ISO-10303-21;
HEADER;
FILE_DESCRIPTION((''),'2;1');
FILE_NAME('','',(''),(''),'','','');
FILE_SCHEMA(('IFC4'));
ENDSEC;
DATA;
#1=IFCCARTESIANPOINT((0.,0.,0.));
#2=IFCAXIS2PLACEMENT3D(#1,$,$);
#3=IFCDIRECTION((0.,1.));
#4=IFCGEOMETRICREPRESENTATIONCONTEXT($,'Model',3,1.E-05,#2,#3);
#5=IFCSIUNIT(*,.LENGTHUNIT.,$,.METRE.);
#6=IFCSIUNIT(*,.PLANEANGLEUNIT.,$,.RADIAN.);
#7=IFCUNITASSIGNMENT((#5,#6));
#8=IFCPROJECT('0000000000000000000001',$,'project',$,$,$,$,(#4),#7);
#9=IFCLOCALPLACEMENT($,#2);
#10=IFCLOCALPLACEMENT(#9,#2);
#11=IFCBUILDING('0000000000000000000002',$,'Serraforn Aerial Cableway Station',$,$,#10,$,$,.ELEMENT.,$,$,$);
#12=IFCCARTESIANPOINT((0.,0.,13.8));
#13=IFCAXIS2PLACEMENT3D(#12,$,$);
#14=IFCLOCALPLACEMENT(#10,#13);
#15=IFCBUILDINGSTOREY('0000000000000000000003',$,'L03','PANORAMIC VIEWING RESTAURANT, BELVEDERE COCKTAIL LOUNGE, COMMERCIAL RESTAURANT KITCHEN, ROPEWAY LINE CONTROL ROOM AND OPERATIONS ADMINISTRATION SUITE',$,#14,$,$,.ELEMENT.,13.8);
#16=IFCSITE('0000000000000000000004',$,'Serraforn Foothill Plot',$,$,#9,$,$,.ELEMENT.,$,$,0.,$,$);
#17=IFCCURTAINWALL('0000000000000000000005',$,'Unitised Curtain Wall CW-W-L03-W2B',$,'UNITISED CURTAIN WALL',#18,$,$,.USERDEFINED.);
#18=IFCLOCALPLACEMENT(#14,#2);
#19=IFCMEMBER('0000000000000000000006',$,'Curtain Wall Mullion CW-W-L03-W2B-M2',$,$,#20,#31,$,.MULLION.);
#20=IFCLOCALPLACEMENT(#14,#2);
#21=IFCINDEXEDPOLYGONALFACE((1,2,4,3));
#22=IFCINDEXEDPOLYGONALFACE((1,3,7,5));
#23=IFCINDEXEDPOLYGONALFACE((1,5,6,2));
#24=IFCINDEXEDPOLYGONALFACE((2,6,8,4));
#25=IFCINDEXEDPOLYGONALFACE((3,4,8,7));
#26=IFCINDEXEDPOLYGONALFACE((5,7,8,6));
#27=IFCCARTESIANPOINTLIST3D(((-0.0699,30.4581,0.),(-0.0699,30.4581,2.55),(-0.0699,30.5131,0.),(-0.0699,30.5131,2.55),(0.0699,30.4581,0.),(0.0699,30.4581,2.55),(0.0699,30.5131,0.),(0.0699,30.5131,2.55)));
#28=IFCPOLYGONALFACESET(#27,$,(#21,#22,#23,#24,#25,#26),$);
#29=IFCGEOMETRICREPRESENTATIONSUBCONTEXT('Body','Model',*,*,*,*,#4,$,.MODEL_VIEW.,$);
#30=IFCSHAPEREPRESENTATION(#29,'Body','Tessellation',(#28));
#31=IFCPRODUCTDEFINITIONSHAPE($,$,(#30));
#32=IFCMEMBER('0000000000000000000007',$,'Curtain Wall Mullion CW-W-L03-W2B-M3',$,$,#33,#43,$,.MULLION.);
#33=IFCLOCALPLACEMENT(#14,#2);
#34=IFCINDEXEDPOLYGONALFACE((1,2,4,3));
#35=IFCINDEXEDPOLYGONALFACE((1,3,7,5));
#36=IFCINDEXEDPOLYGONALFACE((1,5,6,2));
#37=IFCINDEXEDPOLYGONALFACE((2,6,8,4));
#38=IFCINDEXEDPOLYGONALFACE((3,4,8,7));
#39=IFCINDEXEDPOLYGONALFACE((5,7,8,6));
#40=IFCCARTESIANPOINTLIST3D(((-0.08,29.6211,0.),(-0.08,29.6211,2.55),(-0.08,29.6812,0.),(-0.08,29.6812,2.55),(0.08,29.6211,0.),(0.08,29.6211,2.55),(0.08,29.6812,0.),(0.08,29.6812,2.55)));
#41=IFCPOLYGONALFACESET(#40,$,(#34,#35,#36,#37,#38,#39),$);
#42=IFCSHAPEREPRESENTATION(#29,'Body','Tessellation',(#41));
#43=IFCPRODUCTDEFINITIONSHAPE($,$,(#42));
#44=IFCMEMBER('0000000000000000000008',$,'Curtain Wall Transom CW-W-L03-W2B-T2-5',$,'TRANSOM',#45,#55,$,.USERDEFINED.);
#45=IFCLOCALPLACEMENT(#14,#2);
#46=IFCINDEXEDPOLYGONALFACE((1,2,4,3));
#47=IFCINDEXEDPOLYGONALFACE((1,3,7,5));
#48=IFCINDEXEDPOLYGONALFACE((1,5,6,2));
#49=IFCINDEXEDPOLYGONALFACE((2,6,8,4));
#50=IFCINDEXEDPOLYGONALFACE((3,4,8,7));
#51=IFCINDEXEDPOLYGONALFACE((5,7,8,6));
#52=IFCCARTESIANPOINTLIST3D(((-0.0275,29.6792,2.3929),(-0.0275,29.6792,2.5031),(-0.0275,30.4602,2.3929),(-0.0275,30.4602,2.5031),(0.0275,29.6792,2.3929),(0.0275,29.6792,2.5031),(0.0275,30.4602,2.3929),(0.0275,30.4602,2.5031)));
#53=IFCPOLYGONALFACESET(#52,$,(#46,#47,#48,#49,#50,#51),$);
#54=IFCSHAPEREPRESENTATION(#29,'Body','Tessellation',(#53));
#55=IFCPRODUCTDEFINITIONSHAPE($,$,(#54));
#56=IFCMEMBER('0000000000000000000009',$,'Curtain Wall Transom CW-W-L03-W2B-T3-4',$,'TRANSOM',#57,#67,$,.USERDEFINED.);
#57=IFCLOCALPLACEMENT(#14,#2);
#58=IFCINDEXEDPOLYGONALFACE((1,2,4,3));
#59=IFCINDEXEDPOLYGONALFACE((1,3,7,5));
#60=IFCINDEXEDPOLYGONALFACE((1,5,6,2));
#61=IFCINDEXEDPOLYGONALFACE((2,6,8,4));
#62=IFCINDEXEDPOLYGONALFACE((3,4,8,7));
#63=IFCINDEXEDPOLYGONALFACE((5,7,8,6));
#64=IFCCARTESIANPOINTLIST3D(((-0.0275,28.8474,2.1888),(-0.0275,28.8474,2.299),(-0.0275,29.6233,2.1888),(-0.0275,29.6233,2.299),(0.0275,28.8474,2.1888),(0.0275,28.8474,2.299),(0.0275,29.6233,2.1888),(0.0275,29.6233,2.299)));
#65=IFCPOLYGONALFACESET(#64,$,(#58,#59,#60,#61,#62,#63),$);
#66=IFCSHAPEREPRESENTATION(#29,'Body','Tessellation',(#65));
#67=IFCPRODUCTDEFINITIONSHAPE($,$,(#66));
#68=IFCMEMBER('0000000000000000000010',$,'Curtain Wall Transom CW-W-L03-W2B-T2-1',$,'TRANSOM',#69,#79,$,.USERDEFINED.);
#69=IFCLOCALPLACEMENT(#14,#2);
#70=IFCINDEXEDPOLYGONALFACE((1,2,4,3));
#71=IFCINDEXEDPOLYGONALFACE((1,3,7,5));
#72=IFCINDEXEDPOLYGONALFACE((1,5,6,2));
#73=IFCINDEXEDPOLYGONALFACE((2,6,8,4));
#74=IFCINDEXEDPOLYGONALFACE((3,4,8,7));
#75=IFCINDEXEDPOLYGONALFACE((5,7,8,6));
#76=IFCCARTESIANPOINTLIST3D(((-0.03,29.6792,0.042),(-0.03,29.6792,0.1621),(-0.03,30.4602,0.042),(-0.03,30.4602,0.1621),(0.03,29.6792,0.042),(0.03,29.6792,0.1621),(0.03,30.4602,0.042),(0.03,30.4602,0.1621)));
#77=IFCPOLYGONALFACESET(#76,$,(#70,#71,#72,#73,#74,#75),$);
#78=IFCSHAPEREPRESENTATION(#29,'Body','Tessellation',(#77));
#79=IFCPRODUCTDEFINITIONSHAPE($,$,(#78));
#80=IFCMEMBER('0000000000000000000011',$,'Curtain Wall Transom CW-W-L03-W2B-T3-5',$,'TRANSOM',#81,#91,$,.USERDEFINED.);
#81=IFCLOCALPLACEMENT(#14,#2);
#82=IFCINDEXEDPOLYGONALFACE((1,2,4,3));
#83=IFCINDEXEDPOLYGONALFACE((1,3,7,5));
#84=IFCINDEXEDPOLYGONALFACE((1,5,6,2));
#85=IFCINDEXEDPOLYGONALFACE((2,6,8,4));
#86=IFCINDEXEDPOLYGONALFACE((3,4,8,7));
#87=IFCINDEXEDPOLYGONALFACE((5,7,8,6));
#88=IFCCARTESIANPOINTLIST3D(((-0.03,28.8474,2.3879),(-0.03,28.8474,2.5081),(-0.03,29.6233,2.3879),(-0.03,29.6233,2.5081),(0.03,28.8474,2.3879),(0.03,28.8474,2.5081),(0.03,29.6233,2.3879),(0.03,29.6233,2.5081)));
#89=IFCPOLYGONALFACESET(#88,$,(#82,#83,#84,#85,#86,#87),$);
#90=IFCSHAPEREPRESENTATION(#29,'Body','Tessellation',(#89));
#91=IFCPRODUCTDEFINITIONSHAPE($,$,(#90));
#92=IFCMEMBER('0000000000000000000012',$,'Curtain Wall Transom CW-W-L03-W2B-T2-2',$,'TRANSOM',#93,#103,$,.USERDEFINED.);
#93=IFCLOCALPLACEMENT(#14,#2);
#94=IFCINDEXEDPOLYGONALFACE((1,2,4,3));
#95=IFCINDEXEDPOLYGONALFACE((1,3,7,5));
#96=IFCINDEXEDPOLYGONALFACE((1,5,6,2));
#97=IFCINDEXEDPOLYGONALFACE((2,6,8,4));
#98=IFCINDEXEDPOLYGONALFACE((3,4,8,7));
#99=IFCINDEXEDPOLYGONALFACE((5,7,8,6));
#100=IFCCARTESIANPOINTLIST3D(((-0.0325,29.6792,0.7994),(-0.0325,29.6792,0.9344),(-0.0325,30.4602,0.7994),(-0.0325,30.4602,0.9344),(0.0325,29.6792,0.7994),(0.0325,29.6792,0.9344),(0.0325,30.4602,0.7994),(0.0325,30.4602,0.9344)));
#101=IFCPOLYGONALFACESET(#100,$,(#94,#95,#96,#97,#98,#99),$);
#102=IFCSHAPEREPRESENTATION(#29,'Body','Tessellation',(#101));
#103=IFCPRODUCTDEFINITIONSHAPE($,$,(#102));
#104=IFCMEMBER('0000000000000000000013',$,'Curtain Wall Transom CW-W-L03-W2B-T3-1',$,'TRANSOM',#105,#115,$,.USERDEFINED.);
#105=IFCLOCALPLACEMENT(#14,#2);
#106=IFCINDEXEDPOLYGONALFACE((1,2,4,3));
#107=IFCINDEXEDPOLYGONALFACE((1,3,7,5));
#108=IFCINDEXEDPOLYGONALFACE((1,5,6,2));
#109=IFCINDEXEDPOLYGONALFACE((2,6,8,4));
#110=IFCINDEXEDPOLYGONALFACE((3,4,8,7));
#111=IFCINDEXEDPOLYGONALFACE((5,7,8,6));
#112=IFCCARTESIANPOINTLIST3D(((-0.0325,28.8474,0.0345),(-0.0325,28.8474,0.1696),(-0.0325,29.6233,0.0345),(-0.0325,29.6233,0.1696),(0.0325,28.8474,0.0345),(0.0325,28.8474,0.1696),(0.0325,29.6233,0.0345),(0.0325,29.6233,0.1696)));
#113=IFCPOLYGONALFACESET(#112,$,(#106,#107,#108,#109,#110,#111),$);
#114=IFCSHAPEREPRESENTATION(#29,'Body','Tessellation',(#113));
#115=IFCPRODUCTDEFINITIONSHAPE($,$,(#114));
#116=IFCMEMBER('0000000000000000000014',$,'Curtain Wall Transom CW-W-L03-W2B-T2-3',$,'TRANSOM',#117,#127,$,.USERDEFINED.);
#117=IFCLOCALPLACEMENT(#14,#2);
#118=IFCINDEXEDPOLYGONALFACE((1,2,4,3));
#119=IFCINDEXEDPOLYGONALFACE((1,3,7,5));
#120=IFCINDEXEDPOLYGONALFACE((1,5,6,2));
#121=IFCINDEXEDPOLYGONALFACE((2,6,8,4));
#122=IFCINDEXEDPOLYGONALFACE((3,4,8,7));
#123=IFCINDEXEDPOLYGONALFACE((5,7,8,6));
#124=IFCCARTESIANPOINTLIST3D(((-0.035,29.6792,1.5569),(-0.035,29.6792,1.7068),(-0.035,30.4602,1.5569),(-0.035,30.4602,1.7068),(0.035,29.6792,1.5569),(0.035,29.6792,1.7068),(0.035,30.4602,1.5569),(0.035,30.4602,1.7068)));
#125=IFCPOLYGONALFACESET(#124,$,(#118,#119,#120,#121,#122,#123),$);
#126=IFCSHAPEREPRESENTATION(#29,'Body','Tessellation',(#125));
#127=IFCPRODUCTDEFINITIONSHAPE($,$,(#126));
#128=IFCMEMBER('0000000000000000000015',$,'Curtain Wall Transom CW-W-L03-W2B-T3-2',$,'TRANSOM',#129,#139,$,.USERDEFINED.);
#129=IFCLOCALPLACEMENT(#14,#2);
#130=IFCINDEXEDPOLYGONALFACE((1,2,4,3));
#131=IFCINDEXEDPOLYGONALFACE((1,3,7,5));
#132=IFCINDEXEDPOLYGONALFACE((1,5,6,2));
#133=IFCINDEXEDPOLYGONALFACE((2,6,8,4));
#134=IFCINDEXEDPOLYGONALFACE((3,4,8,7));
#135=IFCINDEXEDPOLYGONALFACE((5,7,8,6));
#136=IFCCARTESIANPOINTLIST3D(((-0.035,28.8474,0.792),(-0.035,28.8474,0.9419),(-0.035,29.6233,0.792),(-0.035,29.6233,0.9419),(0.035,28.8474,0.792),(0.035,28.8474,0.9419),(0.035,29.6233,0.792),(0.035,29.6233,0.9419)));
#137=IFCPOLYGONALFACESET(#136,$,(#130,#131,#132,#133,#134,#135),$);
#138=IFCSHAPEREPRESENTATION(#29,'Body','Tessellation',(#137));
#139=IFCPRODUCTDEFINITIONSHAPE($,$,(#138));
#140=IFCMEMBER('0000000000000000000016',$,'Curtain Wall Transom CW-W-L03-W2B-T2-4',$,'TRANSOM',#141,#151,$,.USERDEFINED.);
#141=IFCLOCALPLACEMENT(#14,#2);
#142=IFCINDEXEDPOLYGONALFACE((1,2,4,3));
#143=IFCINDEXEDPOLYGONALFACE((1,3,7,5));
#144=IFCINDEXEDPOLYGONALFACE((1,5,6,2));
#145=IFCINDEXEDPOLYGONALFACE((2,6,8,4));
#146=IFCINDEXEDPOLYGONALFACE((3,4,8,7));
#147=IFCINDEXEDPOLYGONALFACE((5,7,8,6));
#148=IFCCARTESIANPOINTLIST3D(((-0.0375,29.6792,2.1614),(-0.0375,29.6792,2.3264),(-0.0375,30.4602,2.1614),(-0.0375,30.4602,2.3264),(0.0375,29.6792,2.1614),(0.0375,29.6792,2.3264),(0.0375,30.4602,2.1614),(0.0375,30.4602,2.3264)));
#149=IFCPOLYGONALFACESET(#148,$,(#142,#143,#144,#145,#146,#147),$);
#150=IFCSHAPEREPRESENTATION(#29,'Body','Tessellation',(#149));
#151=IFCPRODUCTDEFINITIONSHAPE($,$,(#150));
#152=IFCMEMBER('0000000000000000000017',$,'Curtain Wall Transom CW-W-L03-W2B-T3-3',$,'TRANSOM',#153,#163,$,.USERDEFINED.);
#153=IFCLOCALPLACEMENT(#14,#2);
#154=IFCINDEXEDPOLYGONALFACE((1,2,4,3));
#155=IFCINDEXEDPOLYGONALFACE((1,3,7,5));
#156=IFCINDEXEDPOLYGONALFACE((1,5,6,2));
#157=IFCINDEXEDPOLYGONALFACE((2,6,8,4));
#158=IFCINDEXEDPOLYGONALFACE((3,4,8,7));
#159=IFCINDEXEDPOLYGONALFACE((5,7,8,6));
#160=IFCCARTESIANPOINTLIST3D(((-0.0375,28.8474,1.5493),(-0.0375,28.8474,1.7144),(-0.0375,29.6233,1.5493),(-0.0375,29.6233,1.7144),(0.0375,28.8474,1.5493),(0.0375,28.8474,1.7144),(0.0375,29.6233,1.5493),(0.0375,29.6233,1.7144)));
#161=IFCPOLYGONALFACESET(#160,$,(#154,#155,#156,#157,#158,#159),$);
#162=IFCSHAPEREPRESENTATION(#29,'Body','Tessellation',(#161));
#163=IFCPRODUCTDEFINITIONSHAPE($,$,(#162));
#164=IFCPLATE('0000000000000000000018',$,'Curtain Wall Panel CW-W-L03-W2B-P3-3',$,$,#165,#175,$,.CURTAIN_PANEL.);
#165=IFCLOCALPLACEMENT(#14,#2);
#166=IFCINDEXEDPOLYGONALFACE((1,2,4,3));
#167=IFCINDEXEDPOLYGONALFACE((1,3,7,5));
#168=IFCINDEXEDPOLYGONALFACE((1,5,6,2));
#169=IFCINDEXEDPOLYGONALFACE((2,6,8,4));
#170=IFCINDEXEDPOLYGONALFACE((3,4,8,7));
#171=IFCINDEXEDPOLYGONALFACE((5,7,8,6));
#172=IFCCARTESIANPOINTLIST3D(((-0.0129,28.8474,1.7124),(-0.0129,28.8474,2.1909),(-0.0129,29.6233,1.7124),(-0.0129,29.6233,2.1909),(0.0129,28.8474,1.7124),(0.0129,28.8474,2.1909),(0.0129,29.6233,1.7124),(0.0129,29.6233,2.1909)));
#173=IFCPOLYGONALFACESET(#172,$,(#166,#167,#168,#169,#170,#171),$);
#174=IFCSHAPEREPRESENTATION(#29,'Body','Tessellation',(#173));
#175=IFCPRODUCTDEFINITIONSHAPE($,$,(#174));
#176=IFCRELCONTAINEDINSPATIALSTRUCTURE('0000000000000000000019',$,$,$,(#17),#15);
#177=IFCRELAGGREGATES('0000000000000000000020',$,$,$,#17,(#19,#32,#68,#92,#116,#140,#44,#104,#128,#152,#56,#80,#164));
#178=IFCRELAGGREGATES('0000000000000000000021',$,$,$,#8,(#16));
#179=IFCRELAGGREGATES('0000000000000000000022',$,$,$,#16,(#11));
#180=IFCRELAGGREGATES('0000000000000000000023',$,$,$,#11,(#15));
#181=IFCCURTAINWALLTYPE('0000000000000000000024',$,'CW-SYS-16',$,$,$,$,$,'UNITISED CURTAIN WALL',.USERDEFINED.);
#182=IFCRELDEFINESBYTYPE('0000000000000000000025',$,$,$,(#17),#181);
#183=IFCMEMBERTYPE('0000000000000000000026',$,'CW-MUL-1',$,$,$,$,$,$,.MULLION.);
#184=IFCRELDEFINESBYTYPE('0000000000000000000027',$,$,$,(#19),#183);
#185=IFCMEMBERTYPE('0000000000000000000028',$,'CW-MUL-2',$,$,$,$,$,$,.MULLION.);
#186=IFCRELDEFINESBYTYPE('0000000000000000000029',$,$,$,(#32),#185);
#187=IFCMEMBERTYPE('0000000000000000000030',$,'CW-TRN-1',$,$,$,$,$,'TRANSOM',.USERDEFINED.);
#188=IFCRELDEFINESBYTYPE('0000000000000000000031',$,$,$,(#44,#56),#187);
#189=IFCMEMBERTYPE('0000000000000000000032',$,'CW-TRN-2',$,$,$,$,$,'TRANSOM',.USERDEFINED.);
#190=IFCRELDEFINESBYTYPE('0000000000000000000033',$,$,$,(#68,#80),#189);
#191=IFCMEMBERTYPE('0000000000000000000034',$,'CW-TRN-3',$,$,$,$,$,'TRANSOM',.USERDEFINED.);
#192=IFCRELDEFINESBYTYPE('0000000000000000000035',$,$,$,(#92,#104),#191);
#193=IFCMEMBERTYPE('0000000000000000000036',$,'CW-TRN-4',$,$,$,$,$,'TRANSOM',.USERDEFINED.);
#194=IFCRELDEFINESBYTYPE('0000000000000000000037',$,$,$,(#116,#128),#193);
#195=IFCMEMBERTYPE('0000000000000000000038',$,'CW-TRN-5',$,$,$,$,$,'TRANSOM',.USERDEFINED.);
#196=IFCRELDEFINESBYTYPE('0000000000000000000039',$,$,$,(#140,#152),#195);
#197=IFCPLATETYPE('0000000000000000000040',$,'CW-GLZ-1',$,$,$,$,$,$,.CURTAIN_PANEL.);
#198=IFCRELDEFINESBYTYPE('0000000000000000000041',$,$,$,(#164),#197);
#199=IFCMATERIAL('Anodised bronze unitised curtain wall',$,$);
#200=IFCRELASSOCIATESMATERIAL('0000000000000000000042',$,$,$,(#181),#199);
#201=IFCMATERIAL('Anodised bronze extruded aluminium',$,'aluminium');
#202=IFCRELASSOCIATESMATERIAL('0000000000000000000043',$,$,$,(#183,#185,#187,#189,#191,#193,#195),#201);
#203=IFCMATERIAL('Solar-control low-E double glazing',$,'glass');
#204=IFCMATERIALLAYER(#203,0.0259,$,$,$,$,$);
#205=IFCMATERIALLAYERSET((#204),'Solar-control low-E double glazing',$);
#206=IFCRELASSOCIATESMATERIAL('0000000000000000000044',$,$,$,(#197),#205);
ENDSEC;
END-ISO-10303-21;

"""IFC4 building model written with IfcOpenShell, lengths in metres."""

from ifc_helpers import new_model, si_unit, direction, frame, origin, origin_2d, place, context, subcontext, project, spatial, rectangle, extrude, material, layer, layer_set, material_profile, profile_set, type_object, element, aggregate, save


model = new_model("IFC4")

# Units and contexts
model_context = context("Model", 3, precision=1e-05, world=origin(), true_north=direction((0.0, 1.0)))
body_context = subcontext(model_context, "Body", "Model", "MODEL_VIEW")
ifc_project = project(units=[si_unit("LENGTHUNIT", "METRE"), si_unit("PLANEANGLEUNIT", "RADIAN")], contexts=[model_context])

# Site, building, storey
site_placement = place(None, origin())
site = spatial("IfcSite", under=ifc_project, at=site_placement, Name="Serraforn Foothill Plot", CompositionType="ELEMENT", RefElevation=0.0)
building_placement = place(site_placement, origin())
building = spatial("IfcBuilding", under=site, at=building_placement, Name="Serraforn Aerial Cableway Station", CompositionType="ELEMENT")
storey_placement = place(building_placement, frame((0.0, 0.0, 13.8)))
storey = spatial("IfcBuildingStorey", under=building, at=storey_placement, Name="L03", Description="PANORAMIC VIEWING RESTAURANT, BELVEDERE COCKTAIL LOUNGE, COMMERCIAL RESTAURANT KITCHEN, ROPEWAY LINE CONTROL ROOM AND OPERATIONS ADMINISTRATION SUITE", CompositionType="ELEMENT", Elevation=13.8)

# Curtain wall, members, plate
ifc_material_1 = material(Name="Anodised bronze unitised curtain wall")
curtain_wall_type = type_object("IfcCurtainWallType", Name="CW-SYS-16", ElementType="UNITISED CURTAIN WALL", PredefinedType="USERDEFINED", material=ifc_material_1)
curtain_wall_placement = place(storey_placement, origin())
curtain_wall = element("IfcCurtainWall", 1, at=curtain_wall_placement, inside=storey, type_object=curtain_wall_type, Name="Unitised Curtain Wall CW-W-L03-W2B", ObjectType="UNITISED CURTAIN WALL", PredefinedType="USERDEFINED")
ifc_material_2 = material(Name="Anodised bronze extruded aluminium", Category="aluminium")
ifc_material_profile_1 = material_profile(ifc_material_2, rectangle(XDim=0.0549, YDim=0.1399, at=origin_2d()), Name="CW MULLION 55x140")
ifc_profile_set_1 = profile_set([ifc_material_profile_1], Name="Anodised bronze extruded aluminium")
member_type_1 = type_object("IfcMemberType", Name="CW-MUL-1", PredefinedType="MULLION", material=ifc_profile_set_1)
member_1_placement = place(storey_placement, frame((0.0, 30.4856, 0.0), z_axis=(0.0, 0.0, 1.0), x_axis=(0.0, -1.0, 0.0)))
member_1 = element("IfcMember", 2, at=member_1_placement, type_object=member_type_1, Name="Curtain Wall Mullion CW-W-L03-W2B-M2", PredefinedType="MULLION", context=body_context, shape_type="SweptSolid", body=[
    extrude(rectangle(XDim=0.0549, YDim=0.1399, at=origin_2d()), origin(), (0.0, 0.0, 1.0), 2.55),
])
ifc_material_profile_2 = material_profile(ifc_material_2, rectangle(XDim=0.0601, YDim=0.1599, at=origin_2d()), Name="CW MULLION 60x160")
ifc_profile_set_2 = profile_set([ifc_material_profile_2], Name="Anodised bronze extruded aluminium")
member_type_2 = type_object("IfcMemberType", Name="CW-MUL-2", PredefinedType="MULLION", material=ifc_profile_set_2)
member_2_placement = place(storey_placement, frame((0.0, 29.6511, 0.0), z_axis=(0.0, 0.0, 1.0), x_axis=(0.0, -1.0, 0.0)))
member_2 = element("IfcMember", 3, at=member_2_placement, type_object=member_type_2, Name="Curtain Wall Mullion CW-W-L03-W2B-M3", PredefinedType="MULLION", context=body_context, shape_type="SweptSolid", body=[
    extrude(rectangle(XDim=0.0601, YDim=0.1599, at=origin_2d()), origin(), (0.0, 0.0, 1.0), 2.55),
])
ifc_material_profile_3 = material_profile(ifc_material_2, rectangle(XDim=0.0549, YDim=0.1101, at=origin_2d()), Name="CW TRANSOM 55x110")
ifc_profile_set_3 = profile_set([ifc_material_profile_3], Name="Anodised bronze extruded aluminium")
member_type_3 = type_object("IfcMemberType", Name="CW-TRN-1", ElementType="TRANSOM", PredefinedType="USERDEFINED", material=ifc_profile_set_3)
member_3_placement = place(storey_placement, frame((0.0, 30.4602, 2.448), z_axis=(0.0, -1.0, 0.0), x_axis=(1.0, 0.0, 0.0)))
member_3 = element("IfcMember", 4, at=member_3_placement, type_object=member_type_3, Name="Curtain Wall Transom CW-W-L03-W2B-T2-5", ObjectType="TRANSOM", PredefinedType="USERDEFINED", context=body_context, shape_type="SweptSolid", body=[
    extrude(rectangle(XDim=0.0549, YDim=0.1101, at=origin_2d()), origin(), (0.0, 0.0, 1.0), 0.781),
])
member_4_placement = place(storey_placement, frame((0.0, 29.6233, 2.2439), z_axis=(0.0, -1.0, 0.0), x_axis=(1.0, 0.0, 0.0)))
member_4 = element("IfcMember", 5, at=member_4_placement, type_object=member_type_3, Name="Curtain Wall Transom CW-W-L03-W2B-T3-4", ObjectType="TRANSOM", PredefinedType="USERDEFINED", context=body_context, shape_type="SweptSolid", body=[
    extrude(rectangle(XDim=0.0549, YDim=0.1101, at=origin_2d()), origin(), (0.0, 0.0, 1.0), 0.7759),
])
ifc_material_profile_4 = material_profile(ifc_material_2, rectangle(XDim=0.0601, YDim=0.1201, at=origin_2d()), Name="CW TRANSOM 60x120")
ifc_profile_set_4 = profile_set([ifc_material_profile_4], Name="Anodised bronze extruded aluminium")
member_type_4 = type_object("IfcMemberType", Name="CW-TRN-2", ElementType="TRANSOM", PredefinedType="USERDEFINED", material=ifc_profile_set_4)
member_5_placement = place(storey_placement, frame((0.0, 30.4602, 0.1021), z_axis=(0.0, -1.0, 0.0), x_axis=(1.0, 0.0, 0.0)))
member_5 = element("IfcMember", 6, at=member_5_placement, type_object=member_type_4, Name="Curtain Wall Transom CW-W-L03-W2B-T2-1", ObjectType="TRANSOM", PredefinedType="USERDEFINED", context=body_context, shape_type="SweptSolid", body=[
    extrude(rectangle(XDim=0.0601, YDim=0.1201, at=origin_2d()), origin(), (0.0, 0.0, 1.0), 0.781),
])
member_6_placement = place(storey_placement, frame((0.0, 29.6233, 2.448), z_axis=(0.0, -1.0, 0.0), x_axis=(1.0, 0.0, 0.0)))
member_6 = element("IfcMember", 7, at=member_6_placement, type_object=member_type_4, Name="Curtain Wall Transom CW-W-L03-W2B-T3-5", ObjectType="TRANSOM", PredefinedType="USERDEFINED", context=body_context, shape_type="SweptSolid", body=[
    extrude(rectangle(XDim=0.0601, YDim=0.1201, at=origin_2d()), origin(), (0.0, 0.0, 1.0), 0.7759),
])
ifc_material_profile_5 = material_profile(ifc_material_2, rectangle(XDim=0.0649, YDim=0.135, at=origin_2d()), Name="CW TRANSOM 65x135")
ifc_profile_set_5 = profile_set([ifc_material_profile_5], Name="Anodised bronze extruded aluminium")
member_type_5 = type_object("IfcMemberType", Name="CW-TRN-3", ElementType="TRANSOM", PredefinedType="USERDEFINED", material=ifc_profile_set_5)
member_7_placement = place(storey_placement, frame((0.0, 30.4602, 0.8669), z_axis=(0.0, -1.0, 0.0), x_axis=(1.0, 0.0, 0.0)))
member_7 = element("IfcMember", 8, at=member_7_placement, type_object=member_type_5, Name="Curtain Wall Transom CW-W-L03-W2B-T2-2", ObjectType="TRANSOM", PredefinedType="USERDEFINED", context=body_context, shape_type="SweptSolid", body=[
    extrude(rectangle(XDim=0.0649, YDim=0.135, at=origin_2d()), origin(), (0.0, 0.0, 1.0), 0.781),
])
member_8_placement = place(storey_placement, frame((0.0, 29.6233, 0.1021), z_axis=(0.0, -1.0, 0.0), x_axis=(1.0, 0.0, 0.0)))
member_8 = element("IfcMember", 9, at=member_8_placement, type_object=member_type_5, Name="Curtain Wall Transom CW-W-L03-W2B-T3-1", ObjectType="TRANSOM", PredefinedType="USERDEFINED", context=body_context, shape_type="SweptSolid", body=[
    extrude(rectangle(XDim=0.0649, YDim=0.135, at=origin_2d()), origin(), (0.0, 0.0, 1.0), 0.7759),
])
ifc_material_profile_6 = material_profile(ifc_material_2, rectangle(XDim=0.0701, YDim=0.1499, at=origin_2d()), Name="CW TRANSOM 70x150")
ifc_profile_set_6 = profile_set([ifc_material_profile_6], Name="Anodised bronze extruded aluminium")
member_type_6 = type_object("IfcMemberType", Name="CW-TRN-4", ElementType="TRANSOM", PredefinedType="USERDEFINED", material=ifc_profile_set_6)
member_9_placement = place(storey_placement, frame((0.0, 30.4602, 1.6318), z_axis=(0.0, -1.0, 0.0), x_axis=(1.0, 0.0, 0.0)))
member_9 = element("IfcMember", 10, at=member_9_placement, type_object=member_type_6, Name="Curtain Wall Transom CW-W-L03-W2B-T2-3", ObjectType="TRANSOM", PredefinedType="USERDEFINED", context=body_context, shape_type="SweptSolid", body=[
    extrude(rectangle(XDim=0.0701, YDim=0.1499, at=origin_2d()), origin(), (0.0, 0.0, 1.0), 0.781),
])
member_10_placement = place(storey_placement, frame((0.0, 29.6233, 0.8669), z_axis=(0.0, -1.0, 0.0), x_axis=(1.0, 0.0, 0.0)))
member_10 = element("IfcMember", 11, at=member_10_placement, type_object=member_type_6, Name="Curtain Wall Transom CW-W-L03-W2B-T3-2", ObjectType="TRANSOM", PredefinedType="USERDEFINED", context=body_context, shape_type="SweptSolid", body=[
    extrude(rectangle(XDim=0.0701, YDim=0.1499, at=origin_2d()), origin(), (0.0, 0.0, 1.0), 0.7759),
])
ifc_material_profile_7 = material_profile(ifc_material_2, rectangle(XDim=0.075, YDim=0.165, at=origin_2d()), Name="CW TRANSOM 75x165")
ifc_profile_set_7 = profile_set([ifc_material_profile_7], Name="Anodised bronze extruded aluminium")
member_type_7 = type_object("IfcMemberType", Name="CW-TRN-5", ElementType="TRANSOM", PredefinedType="USERDEFINED", material=ifc_profile_set_7)
member_11_placement = place(storey_placement, frame((0.0, 30.4602, 2.2439), z_axis=(0.0, -1.0, 0.0), x_axis=(1.0, 0.0, 0.0)))
member_11 = element("IfcMember", 12, at=member_11_placement, type_object=member_type_7, Name="Curtain Wall Transom CW-W-L03-W2B-T2-4", ObjectType="TRANSOM", PredefinedType="USERDEFINED", context=body_context, shape_type="SweptSolid", body=[
    extrude(rectangle(XDim=0.075, YDim=0.165, at=origin_2d()), origin(), (0.0, 0.0, 1.0), 0.781),
])
member_12_placement = place(storey_placement, frame((0.0, 29.6233, 1.6318), z_axis=(0.0, -1.0, 0.0), x_axis=(1.0, 0.0, 0.0)))
member_12 = element("IfcMember", 13, at=member_12_placement, type_object=member_type_7, Name="Curtain Wall Transom CW-W-L03-W2B-T3-3", ObjectType="TRANSOM", PredefinedType="USERDEFINED", context=body_context, shape_type="SweptSolid", body=[
    extrude(rectangle(XDim=0.075, YDim=0.165, at=origin_2d()), origin(), (0.0, 0.0, 1.0), 0.7759),
])
ifc_material_3 = material(Name="Solar-control low-E double glazing", Category="glass")
ifc_layer_1 = layer(ifc_material_3, 0.0259)
ifc_layer_set_1 = layer_set([ifc_layer_1], Name="Solar-control low-E double glazing")
plate_type_1 = type_object("IfcPlateType", Name="CW-GLZ-1", PredefinedType="CURTAIN_PANEL", material=ifc_layer_set_1)
plate_1_placement = place(storey_placement, frame((0.0, 29.2354, 1.7124), z_axis=(0.0, 0.0, 1.0), x_axis=(1.0, 0.0, 0.0)))
plate_1 = element("IfcPlate", 14, at=plate_1_placement, type_object=plate_type_1, Name="Curtain Wall Panel CW-W-L03-W2B-P3-3", PredefinedType="CURTAIN_PANEL", context=body_context, shape_type="SweptSolid", body=[
    extrude(rectangle(XDim=0.0259, YDim=0.7759, at=origin_2d()), origin(), (0.0, 0.0, 1.0), 0.4785),
])
aggregate(curtain_wall, [member_1, member_2, member_5, member_7, member_9, member_11, member_3, member_8, member_10, member_12, member_4, member_6, plate_1])

save(model, "model.ifc")
